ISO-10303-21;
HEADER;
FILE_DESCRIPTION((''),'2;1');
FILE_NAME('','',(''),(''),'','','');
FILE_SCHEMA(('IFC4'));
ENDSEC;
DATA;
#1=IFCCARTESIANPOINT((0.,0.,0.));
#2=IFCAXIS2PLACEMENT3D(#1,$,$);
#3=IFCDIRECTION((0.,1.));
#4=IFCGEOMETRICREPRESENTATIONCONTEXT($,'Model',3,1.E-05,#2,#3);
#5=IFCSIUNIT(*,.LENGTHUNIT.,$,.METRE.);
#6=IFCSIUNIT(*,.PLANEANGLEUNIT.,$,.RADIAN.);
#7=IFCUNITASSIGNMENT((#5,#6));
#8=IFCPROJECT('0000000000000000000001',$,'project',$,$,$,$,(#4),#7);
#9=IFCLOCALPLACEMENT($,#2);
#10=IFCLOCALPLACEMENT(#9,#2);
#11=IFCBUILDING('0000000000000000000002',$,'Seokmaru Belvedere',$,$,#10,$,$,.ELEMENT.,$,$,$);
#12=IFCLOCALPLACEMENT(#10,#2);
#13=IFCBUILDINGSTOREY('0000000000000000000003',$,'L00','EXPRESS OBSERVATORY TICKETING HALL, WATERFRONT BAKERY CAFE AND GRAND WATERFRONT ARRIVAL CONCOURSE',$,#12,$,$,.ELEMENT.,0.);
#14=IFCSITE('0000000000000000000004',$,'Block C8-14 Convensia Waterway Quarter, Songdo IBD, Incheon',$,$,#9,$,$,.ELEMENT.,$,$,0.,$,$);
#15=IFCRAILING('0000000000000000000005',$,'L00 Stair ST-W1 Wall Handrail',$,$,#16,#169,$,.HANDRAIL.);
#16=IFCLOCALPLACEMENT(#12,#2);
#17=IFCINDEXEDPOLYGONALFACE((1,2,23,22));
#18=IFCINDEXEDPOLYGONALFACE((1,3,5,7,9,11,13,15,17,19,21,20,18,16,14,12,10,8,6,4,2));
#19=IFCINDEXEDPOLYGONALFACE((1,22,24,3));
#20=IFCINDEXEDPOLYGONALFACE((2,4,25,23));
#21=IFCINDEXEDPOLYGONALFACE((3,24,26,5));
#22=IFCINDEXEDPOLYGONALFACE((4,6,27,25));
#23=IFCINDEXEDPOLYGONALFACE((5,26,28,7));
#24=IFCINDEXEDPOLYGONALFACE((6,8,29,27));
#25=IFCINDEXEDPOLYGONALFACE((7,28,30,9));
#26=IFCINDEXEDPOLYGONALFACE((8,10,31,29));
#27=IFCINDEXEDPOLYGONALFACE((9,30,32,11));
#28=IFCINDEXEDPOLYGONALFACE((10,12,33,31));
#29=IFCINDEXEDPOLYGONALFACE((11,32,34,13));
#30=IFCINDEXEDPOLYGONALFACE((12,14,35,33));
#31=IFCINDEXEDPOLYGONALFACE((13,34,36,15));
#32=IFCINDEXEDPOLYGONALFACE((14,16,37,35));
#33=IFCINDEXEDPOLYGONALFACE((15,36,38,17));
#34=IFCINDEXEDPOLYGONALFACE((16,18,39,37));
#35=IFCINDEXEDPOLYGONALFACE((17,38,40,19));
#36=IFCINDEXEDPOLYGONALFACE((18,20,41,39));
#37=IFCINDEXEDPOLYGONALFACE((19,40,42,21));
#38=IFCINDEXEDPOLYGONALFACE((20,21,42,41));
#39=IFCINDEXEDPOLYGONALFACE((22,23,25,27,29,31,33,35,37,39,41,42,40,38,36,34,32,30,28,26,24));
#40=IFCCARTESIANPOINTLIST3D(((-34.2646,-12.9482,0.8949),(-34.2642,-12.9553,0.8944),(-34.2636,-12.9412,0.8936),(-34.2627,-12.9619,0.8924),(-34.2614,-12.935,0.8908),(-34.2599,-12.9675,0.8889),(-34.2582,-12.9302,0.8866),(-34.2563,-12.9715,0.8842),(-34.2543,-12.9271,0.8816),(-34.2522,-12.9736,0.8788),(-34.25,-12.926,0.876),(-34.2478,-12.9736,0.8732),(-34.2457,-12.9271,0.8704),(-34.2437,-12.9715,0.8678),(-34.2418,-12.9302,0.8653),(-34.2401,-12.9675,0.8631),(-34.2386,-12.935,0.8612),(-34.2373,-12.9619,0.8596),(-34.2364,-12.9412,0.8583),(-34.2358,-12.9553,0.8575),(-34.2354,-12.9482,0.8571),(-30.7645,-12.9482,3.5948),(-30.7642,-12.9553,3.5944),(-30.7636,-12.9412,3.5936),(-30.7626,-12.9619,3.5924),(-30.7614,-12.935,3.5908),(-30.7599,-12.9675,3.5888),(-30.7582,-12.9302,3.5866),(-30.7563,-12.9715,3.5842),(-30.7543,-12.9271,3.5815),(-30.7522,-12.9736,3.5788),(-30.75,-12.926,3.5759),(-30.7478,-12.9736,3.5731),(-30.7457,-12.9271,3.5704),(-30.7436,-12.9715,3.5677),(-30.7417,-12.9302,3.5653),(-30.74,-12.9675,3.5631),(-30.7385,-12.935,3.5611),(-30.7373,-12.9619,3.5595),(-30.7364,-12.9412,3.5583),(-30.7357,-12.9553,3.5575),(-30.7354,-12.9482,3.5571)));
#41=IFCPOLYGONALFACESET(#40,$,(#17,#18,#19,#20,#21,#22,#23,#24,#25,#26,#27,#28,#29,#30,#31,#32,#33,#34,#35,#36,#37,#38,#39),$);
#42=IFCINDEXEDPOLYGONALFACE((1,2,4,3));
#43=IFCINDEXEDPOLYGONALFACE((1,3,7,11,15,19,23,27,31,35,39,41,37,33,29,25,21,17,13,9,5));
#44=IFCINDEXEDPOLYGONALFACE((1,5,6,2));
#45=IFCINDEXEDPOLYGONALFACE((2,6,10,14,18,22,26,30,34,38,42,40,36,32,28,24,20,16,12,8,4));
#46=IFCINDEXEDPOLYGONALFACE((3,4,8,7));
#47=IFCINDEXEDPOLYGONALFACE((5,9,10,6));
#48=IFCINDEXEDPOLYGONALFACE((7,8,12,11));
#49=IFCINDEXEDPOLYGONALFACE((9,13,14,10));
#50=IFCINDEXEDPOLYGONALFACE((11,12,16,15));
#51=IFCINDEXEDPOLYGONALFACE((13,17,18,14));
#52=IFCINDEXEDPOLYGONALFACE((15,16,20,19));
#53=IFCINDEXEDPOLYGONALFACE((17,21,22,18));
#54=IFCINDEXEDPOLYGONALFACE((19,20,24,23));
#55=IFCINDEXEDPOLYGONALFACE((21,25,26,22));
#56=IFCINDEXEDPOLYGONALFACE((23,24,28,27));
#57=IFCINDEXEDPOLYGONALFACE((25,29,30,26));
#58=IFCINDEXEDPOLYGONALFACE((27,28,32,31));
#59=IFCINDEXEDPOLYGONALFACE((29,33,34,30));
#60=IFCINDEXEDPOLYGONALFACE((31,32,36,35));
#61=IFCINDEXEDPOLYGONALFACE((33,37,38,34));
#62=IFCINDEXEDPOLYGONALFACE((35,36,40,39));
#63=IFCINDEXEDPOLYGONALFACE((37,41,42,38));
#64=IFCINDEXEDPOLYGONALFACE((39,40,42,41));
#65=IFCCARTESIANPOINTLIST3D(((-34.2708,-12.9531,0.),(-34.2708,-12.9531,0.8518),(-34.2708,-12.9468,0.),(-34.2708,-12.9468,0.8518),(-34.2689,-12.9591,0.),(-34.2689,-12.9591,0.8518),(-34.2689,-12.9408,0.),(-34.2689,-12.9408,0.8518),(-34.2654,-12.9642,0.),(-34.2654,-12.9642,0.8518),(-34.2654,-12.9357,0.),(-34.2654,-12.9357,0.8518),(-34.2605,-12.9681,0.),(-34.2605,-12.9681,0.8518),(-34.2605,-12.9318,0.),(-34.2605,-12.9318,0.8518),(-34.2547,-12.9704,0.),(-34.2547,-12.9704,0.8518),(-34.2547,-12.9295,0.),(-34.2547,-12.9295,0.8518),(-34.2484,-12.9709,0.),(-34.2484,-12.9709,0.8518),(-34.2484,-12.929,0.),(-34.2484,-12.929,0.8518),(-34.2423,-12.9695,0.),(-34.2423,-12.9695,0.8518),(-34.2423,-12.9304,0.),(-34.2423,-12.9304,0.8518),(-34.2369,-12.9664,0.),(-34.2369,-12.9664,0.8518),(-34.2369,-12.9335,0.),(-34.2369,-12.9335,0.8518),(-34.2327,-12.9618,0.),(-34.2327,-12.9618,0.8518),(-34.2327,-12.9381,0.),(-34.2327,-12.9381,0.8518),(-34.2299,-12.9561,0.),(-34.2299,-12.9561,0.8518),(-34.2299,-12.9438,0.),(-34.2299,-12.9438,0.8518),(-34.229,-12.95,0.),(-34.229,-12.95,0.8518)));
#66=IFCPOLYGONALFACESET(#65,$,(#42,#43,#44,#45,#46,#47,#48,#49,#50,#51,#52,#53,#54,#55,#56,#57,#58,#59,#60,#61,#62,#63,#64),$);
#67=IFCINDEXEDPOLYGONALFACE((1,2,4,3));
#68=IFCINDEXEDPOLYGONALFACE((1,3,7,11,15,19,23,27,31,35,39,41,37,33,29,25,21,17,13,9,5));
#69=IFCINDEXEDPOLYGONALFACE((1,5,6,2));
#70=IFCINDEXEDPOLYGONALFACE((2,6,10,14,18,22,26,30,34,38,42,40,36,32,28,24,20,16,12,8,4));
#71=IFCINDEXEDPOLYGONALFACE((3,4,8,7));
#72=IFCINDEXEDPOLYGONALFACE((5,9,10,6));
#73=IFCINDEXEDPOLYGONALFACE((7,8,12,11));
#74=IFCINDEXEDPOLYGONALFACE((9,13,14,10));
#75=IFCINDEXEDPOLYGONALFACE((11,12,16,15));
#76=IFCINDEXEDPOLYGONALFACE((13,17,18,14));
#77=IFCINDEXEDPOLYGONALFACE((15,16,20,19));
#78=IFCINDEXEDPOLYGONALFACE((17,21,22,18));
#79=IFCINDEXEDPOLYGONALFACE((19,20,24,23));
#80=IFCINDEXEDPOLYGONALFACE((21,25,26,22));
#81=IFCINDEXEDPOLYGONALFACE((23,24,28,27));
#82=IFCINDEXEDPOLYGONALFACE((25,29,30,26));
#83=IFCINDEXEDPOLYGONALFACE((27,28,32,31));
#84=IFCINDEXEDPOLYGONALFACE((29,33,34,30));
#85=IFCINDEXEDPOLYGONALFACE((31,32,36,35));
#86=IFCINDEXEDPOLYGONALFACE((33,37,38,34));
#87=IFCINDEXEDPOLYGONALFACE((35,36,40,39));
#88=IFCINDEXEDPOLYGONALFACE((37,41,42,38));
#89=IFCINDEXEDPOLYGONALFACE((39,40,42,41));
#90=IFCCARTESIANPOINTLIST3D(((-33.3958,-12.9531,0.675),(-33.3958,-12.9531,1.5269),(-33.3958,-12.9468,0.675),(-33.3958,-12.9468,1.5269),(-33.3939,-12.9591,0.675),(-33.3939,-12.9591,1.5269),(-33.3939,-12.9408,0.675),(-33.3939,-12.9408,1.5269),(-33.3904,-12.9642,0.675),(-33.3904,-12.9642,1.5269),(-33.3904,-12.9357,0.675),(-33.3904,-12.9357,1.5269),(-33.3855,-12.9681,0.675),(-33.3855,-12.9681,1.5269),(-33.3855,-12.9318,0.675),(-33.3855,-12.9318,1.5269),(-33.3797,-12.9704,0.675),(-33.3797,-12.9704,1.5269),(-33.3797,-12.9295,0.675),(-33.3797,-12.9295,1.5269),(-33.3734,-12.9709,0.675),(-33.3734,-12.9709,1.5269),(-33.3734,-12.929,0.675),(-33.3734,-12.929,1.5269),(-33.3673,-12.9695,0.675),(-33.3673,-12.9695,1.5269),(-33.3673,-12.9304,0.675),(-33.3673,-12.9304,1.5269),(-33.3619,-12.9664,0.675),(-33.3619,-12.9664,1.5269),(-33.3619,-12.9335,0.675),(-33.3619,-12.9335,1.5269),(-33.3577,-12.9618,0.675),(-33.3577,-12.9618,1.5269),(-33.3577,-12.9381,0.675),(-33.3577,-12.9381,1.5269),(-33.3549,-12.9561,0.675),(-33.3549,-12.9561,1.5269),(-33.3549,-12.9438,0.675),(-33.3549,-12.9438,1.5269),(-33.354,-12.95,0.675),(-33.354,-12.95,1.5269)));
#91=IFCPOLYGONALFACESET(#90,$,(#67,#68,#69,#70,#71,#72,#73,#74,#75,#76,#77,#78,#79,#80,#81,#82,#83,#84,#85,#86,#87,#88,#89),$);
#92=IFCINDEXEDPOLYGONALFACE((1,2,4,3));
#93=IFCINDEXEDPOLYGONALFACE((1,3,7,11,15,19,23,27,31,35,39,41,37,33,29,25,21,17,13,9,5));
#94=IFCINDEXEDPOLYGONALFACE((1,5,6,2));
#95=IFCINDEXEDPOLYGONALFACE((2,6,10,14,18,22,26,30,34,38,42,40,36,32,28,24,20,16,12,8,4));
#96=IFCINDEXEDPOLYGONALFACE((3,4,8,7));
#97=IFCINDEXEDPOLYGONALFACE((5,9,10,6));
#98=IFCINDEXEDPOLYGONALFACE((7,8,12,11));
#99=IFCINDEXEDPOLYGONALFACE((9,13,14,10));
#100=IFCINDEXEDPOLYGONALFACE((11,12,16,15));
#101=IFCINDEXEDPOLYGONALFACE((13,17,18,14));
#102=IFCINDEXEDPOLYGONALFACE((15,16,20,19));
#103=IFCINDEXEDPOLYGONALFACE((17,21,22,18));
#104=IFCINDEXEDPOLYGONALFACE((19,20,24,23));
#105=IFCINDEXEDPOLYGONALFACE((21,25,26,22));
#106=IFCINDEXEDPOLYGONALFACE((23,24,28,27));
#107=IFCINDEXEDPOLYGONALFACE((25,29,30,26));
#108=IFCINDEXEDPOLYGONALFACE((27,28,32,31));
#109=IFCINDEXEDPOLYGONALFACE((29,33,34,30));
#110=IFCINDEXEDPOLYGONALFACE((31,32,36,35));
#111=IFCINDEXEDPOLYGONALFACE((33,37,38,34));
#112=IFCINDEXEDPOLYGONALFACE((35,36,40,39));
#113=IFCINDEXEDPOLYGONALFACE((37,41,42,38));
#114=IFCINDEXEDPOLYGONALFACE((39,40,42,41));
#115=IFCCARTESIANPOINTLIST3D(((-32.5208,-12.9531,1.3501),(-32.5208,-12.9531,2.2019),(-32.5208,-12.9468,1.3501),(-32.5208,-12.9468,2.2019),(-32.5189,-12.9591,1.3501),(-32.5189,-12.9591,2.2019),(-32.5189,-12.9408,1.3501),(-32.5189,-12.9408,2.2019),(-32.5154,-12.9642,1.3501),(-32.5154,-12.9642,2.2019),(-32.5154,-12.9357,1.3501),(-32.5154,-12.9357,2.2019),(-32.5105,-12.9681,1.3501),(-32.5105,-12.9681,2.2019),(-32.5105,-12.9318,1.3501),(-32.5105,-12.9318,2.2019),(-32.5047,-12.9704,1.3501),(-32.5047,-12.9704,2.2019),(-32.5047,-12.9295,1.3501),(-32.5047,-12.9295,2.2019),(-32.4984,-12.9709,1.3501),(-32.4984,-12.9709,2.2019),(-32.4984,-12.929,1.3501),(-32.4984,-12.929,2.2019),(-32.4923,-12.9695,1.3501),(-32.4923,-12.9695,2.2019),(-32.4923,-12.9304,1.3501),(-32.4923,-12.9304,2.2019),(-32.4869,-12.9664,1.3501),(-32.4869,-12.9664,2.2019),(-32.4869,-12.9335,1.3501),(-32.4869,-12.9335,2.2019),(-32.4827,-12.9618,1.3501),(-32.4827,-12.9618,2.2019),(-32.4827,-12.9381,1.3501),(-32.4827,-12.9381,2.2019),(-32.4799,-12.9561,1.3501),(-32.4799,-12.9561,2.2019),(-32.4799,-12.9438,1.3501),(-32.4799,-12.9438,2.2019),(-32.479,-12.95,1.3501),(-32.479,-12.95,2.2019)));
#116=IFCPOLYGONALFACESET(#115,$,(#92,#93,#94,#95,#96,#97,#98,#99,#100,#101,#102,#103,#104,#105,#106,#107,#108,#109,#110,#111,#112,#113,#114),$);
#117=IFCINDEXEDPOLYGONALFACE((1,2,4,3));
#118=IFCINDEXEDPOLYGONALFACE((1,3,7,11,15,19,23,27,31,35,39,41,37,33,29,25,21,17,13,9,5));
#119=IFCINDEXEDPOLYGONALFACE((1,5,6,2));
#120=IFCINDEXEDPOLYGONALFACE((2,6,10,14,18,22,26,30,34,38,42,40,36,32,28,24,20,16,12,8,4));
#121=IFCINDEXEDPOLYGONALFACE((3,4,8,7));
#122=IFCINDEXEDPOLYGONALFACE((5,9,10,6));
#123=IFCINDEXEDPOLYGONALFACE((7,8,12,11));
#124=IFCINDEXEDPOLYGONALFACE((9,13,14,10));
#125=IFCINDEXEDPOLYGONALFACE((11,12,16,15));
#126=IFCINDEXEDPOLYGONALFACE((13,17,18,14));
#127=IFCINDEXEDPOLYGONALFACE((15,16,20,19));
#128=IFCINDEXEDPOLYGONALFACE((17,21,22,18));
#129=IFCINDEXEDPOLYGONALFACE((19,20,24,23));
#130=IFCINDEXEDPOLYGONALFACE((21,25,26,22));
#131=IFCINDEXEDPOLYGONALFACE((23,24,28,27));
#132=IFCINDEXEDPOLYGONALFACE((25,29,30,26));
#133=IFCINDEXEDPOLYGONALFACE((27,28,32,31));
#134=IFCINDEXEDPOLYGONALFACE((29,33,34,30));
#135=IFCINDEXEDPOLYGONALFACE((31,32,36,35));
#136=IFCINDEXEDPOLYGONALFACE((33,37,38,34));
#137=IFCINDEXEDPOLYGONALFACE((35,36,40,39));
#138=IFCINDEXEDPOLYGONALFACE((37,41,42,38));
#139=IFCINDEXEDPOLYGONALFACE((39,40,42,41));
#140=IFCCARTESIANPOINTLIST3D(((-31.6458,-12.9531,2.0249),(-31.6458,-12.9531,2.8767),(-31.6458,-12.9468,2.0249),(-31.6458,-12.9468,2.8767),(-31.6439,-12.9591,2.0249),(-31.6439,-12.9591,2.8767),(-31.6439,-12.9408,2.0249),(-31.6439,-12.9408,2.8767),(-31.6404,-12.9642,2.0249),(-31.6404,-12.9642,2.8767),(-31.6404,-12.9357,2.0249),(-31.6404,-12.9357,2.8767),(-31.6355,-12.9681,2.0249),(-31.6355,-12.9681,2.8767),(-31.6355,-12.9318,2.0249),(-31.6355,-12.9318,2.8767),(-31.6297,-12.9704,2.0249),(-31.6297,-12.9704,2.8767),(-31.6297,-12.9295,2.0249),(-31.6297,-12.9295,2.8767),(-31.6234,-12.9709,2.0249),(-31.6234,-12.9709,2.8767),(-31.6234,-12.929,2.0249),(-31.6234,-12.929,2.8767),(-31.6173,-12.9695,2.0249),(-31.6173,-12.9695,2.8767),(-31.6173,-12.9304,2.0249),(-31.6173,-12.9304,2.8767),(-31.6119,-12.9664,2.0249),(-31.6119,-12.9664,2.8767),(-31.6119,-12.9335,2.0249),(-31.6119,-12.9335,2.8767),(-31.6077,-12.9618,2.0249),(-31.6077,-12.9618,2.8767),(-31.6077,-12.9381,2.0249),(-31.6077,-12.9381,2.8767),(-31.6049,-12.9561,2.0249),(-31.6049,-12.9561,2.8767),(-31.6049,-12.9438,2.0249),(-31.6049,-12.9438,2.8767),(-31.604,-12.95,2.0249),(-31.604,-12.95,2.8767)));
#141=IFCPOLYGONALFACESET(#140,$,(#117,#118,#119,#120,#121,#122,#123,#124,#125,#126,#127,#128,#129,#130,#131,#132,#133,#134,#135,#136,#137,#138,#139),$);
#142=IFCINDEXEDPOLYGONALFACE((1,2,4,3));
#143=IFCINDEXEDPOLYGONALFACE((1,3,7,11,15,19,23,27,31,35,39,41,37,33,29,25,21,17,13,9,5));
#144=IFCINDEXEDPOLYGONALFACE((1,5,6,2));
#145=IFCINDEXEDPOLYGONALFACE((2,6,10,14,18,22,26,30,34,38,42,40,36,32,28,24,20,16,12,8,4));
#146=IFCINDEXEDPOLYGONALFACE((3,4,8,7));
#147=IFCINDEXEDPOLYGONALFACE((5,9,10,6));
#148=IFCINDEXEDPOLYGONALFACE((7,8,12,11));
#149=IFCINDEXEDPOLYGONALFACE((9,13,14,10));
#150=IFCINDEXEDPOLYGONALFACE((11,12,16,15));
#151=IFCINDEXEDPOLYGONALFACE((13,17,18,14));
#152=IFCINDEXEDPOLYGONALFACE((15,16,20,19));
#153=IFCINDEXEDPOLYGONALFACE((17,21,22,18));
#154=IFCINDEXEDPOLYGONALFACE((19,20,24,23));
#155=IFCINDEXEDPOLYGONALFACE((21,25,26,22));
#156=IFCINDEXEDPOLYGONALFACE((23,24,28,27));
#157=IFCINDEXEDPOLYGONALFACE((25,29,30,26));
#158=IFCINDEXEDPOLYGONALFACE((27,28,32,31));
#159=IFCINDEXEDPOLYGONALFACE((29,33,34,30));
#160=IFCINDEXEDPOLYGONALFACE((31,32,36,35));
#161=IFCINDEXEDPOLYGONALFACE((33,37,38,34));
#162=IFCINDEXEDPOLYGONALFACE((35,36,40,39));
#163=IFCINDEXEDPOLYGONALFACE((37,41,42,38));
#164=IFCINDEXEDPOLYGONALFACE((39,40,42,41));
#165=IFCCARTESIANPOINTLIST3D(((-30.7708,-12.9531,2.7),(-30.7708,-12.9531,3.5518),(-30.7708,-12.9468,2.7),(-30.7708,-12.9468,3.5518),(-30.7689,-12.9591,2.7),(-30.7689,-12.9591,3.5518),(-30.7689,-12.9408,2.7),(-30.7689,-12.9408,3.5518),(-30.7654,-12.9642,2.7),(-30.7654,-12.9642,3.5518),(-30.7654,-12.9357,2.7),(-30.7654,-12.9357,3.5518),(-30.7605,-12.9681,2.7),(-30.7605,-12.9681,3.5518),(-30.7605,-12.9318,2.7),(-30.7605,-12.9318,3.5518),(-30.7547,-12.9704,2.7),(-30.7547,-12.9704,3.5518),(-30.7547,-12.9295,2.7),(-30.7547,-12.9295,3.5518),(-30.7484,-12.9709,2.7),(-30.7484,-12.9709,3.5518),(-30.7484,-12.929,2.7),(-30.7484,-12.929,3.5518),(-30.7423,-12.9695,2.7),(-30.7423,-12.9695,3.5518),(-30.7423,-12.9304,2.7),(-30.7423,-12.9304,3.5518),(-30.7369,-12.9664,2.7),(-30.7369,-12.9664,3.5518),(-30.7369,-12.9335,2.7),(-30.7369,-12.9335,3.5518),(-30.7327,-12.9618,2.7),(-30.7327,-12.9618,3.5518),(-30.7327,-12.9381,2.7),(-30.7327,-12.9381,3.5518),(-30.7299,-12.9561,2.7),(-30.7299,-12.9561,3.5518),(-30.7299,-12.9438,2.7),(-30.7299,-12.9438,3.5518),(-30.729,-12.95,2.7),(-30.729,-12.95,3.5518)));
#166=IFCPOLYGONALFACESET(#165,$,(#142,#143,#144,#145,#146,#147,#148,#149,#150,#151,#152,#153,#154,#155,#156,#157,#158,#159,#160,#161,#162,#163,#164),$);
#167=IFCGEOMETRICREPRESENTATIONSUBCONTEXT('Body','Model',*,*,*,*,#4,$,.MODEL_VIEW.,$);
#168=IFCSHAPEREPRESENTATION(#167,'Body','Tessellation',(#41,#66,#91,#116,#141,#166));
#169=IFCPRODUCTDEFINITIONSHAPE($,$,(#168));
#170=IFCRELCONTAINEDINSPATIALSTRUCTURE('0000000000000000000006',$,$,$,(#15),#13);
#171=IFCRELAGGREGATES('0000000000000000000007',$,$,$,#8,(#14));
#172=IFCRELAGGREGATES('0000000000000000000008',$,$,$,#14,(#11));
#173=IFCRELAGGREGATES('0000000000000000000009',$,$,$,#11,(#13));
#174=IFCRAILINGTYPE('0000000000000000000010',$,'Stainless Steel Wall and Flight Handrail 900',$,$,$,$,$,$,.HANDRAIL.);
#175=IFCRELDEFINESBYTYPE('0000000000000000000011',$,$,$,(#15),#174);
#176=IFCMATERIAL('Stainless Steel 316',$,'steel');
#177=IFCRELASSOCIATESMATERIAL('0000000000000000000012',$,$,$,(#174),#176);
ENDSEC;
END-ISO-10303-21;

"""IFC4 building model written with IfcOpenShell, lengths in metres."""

from ifc_helpers import new_model, si_unit, direction, frame, origin, origin_2d, place, context, subcontext, project, spatial, circle, extrude, material, type_object, element, save


model = new_model("IFC4")

# Units and contexts
model_context = context("Model", 3, precision=1e-05, world=origin(), true_north=direction((0.0, 1.0)))
body_context = subcontext(model_context, "Body", "Model", "MODEL_VIEW")
ifc_project = project(units=[si_unit("LENGTHUNIT", "METRE"), si_unit("PLANEANGLEUNIT", "RADIAN")], contexts=[model_context])

# Site, building, storey
site_placement = place(None, origin())
site = spatial("IfcSite", under=ifc_project, at=site_placement, Name="Block C8-14 Convensia Waterway Quarter, Songdo IBD, Incheon", CompositionType="ELEMENT", RefElevation=0.0)
building_placement = place(site_placement, origin())
building = spatial("IfcBuilding", under=site, at=building_placement, Name="Seokmaru Belvedere", CompositionType="ELEMENT")
storey_placement = place(building_placement, origin())
storey = spatial("IfcBuildingStorey", under=building, at=storey_placement, Name="L00", Description="EXPRESS OBSERVATORY TICKETING HALL, WATERFRONT BAKERY CAFE AND GRAND WATERFRONT ARRIVAL CONCOURSE", CompositionType="ELEMENT", Elevation=0.0)

# Railing
ifc_material_1 = material(Name="Stainless Steel 316", Category="steel")
railing_type_1 = type_object("IfcRailingType", Name="Stainless Steel Wall and Flight Handrail 900", PredefinedType="HANDRAIL", material=ifc_material_1)
railing_1_placement = place(storey_placement, frame((-34.25, -12.95, 0.0)))
element("IfcRailing", 1, at=railing_1_placement, inside=storey, type_object=railing_type_1, Name="L00 Stair ST-W1 Wall Handrail", PredefinedType="HANDRAIL", context=body_context, shape_type="SweptSolid", body=[
    extrude(circle(Radius=0.0239, at=origin_2d()), frame((0.0, 0.0, 0.876), z_axis=(0.791788, 0.0, 0.610797), x_axis=(0.0, 1.0, 0.0)), (0.0, 0.0, 1.0), 4.4204),
    extrude(circle(Radius=0.021, at=origin_2d()), origin(), (0.0, 0.0, 1.0), 0.8518),
    extrude(circle(Radius=0.021, at=origin_2d()), frame((0.875, 0.0, 0.675)), (0.0, 0.0, 1.0), 0.8518),
    extrude(circle(Radius=0.021, at=origin_2d()), frame((1.75, 0.0, 1.3501)), (0.0, 0.0, 1.0), 0.8518),
    extrude(circle(Radius=0.021, at=origin_2d()), frame((2.625, 0.0, 2.0249)), (0.0, 0.0, 1.0), 0.8518),
    extrude(circle(Radius=0.021, at=origin_2d()), frame((3.5, 0.0, 2.7)), (0.0, 0.0, 1.0), 0.8518),
])

save(model, "model.ifc")
